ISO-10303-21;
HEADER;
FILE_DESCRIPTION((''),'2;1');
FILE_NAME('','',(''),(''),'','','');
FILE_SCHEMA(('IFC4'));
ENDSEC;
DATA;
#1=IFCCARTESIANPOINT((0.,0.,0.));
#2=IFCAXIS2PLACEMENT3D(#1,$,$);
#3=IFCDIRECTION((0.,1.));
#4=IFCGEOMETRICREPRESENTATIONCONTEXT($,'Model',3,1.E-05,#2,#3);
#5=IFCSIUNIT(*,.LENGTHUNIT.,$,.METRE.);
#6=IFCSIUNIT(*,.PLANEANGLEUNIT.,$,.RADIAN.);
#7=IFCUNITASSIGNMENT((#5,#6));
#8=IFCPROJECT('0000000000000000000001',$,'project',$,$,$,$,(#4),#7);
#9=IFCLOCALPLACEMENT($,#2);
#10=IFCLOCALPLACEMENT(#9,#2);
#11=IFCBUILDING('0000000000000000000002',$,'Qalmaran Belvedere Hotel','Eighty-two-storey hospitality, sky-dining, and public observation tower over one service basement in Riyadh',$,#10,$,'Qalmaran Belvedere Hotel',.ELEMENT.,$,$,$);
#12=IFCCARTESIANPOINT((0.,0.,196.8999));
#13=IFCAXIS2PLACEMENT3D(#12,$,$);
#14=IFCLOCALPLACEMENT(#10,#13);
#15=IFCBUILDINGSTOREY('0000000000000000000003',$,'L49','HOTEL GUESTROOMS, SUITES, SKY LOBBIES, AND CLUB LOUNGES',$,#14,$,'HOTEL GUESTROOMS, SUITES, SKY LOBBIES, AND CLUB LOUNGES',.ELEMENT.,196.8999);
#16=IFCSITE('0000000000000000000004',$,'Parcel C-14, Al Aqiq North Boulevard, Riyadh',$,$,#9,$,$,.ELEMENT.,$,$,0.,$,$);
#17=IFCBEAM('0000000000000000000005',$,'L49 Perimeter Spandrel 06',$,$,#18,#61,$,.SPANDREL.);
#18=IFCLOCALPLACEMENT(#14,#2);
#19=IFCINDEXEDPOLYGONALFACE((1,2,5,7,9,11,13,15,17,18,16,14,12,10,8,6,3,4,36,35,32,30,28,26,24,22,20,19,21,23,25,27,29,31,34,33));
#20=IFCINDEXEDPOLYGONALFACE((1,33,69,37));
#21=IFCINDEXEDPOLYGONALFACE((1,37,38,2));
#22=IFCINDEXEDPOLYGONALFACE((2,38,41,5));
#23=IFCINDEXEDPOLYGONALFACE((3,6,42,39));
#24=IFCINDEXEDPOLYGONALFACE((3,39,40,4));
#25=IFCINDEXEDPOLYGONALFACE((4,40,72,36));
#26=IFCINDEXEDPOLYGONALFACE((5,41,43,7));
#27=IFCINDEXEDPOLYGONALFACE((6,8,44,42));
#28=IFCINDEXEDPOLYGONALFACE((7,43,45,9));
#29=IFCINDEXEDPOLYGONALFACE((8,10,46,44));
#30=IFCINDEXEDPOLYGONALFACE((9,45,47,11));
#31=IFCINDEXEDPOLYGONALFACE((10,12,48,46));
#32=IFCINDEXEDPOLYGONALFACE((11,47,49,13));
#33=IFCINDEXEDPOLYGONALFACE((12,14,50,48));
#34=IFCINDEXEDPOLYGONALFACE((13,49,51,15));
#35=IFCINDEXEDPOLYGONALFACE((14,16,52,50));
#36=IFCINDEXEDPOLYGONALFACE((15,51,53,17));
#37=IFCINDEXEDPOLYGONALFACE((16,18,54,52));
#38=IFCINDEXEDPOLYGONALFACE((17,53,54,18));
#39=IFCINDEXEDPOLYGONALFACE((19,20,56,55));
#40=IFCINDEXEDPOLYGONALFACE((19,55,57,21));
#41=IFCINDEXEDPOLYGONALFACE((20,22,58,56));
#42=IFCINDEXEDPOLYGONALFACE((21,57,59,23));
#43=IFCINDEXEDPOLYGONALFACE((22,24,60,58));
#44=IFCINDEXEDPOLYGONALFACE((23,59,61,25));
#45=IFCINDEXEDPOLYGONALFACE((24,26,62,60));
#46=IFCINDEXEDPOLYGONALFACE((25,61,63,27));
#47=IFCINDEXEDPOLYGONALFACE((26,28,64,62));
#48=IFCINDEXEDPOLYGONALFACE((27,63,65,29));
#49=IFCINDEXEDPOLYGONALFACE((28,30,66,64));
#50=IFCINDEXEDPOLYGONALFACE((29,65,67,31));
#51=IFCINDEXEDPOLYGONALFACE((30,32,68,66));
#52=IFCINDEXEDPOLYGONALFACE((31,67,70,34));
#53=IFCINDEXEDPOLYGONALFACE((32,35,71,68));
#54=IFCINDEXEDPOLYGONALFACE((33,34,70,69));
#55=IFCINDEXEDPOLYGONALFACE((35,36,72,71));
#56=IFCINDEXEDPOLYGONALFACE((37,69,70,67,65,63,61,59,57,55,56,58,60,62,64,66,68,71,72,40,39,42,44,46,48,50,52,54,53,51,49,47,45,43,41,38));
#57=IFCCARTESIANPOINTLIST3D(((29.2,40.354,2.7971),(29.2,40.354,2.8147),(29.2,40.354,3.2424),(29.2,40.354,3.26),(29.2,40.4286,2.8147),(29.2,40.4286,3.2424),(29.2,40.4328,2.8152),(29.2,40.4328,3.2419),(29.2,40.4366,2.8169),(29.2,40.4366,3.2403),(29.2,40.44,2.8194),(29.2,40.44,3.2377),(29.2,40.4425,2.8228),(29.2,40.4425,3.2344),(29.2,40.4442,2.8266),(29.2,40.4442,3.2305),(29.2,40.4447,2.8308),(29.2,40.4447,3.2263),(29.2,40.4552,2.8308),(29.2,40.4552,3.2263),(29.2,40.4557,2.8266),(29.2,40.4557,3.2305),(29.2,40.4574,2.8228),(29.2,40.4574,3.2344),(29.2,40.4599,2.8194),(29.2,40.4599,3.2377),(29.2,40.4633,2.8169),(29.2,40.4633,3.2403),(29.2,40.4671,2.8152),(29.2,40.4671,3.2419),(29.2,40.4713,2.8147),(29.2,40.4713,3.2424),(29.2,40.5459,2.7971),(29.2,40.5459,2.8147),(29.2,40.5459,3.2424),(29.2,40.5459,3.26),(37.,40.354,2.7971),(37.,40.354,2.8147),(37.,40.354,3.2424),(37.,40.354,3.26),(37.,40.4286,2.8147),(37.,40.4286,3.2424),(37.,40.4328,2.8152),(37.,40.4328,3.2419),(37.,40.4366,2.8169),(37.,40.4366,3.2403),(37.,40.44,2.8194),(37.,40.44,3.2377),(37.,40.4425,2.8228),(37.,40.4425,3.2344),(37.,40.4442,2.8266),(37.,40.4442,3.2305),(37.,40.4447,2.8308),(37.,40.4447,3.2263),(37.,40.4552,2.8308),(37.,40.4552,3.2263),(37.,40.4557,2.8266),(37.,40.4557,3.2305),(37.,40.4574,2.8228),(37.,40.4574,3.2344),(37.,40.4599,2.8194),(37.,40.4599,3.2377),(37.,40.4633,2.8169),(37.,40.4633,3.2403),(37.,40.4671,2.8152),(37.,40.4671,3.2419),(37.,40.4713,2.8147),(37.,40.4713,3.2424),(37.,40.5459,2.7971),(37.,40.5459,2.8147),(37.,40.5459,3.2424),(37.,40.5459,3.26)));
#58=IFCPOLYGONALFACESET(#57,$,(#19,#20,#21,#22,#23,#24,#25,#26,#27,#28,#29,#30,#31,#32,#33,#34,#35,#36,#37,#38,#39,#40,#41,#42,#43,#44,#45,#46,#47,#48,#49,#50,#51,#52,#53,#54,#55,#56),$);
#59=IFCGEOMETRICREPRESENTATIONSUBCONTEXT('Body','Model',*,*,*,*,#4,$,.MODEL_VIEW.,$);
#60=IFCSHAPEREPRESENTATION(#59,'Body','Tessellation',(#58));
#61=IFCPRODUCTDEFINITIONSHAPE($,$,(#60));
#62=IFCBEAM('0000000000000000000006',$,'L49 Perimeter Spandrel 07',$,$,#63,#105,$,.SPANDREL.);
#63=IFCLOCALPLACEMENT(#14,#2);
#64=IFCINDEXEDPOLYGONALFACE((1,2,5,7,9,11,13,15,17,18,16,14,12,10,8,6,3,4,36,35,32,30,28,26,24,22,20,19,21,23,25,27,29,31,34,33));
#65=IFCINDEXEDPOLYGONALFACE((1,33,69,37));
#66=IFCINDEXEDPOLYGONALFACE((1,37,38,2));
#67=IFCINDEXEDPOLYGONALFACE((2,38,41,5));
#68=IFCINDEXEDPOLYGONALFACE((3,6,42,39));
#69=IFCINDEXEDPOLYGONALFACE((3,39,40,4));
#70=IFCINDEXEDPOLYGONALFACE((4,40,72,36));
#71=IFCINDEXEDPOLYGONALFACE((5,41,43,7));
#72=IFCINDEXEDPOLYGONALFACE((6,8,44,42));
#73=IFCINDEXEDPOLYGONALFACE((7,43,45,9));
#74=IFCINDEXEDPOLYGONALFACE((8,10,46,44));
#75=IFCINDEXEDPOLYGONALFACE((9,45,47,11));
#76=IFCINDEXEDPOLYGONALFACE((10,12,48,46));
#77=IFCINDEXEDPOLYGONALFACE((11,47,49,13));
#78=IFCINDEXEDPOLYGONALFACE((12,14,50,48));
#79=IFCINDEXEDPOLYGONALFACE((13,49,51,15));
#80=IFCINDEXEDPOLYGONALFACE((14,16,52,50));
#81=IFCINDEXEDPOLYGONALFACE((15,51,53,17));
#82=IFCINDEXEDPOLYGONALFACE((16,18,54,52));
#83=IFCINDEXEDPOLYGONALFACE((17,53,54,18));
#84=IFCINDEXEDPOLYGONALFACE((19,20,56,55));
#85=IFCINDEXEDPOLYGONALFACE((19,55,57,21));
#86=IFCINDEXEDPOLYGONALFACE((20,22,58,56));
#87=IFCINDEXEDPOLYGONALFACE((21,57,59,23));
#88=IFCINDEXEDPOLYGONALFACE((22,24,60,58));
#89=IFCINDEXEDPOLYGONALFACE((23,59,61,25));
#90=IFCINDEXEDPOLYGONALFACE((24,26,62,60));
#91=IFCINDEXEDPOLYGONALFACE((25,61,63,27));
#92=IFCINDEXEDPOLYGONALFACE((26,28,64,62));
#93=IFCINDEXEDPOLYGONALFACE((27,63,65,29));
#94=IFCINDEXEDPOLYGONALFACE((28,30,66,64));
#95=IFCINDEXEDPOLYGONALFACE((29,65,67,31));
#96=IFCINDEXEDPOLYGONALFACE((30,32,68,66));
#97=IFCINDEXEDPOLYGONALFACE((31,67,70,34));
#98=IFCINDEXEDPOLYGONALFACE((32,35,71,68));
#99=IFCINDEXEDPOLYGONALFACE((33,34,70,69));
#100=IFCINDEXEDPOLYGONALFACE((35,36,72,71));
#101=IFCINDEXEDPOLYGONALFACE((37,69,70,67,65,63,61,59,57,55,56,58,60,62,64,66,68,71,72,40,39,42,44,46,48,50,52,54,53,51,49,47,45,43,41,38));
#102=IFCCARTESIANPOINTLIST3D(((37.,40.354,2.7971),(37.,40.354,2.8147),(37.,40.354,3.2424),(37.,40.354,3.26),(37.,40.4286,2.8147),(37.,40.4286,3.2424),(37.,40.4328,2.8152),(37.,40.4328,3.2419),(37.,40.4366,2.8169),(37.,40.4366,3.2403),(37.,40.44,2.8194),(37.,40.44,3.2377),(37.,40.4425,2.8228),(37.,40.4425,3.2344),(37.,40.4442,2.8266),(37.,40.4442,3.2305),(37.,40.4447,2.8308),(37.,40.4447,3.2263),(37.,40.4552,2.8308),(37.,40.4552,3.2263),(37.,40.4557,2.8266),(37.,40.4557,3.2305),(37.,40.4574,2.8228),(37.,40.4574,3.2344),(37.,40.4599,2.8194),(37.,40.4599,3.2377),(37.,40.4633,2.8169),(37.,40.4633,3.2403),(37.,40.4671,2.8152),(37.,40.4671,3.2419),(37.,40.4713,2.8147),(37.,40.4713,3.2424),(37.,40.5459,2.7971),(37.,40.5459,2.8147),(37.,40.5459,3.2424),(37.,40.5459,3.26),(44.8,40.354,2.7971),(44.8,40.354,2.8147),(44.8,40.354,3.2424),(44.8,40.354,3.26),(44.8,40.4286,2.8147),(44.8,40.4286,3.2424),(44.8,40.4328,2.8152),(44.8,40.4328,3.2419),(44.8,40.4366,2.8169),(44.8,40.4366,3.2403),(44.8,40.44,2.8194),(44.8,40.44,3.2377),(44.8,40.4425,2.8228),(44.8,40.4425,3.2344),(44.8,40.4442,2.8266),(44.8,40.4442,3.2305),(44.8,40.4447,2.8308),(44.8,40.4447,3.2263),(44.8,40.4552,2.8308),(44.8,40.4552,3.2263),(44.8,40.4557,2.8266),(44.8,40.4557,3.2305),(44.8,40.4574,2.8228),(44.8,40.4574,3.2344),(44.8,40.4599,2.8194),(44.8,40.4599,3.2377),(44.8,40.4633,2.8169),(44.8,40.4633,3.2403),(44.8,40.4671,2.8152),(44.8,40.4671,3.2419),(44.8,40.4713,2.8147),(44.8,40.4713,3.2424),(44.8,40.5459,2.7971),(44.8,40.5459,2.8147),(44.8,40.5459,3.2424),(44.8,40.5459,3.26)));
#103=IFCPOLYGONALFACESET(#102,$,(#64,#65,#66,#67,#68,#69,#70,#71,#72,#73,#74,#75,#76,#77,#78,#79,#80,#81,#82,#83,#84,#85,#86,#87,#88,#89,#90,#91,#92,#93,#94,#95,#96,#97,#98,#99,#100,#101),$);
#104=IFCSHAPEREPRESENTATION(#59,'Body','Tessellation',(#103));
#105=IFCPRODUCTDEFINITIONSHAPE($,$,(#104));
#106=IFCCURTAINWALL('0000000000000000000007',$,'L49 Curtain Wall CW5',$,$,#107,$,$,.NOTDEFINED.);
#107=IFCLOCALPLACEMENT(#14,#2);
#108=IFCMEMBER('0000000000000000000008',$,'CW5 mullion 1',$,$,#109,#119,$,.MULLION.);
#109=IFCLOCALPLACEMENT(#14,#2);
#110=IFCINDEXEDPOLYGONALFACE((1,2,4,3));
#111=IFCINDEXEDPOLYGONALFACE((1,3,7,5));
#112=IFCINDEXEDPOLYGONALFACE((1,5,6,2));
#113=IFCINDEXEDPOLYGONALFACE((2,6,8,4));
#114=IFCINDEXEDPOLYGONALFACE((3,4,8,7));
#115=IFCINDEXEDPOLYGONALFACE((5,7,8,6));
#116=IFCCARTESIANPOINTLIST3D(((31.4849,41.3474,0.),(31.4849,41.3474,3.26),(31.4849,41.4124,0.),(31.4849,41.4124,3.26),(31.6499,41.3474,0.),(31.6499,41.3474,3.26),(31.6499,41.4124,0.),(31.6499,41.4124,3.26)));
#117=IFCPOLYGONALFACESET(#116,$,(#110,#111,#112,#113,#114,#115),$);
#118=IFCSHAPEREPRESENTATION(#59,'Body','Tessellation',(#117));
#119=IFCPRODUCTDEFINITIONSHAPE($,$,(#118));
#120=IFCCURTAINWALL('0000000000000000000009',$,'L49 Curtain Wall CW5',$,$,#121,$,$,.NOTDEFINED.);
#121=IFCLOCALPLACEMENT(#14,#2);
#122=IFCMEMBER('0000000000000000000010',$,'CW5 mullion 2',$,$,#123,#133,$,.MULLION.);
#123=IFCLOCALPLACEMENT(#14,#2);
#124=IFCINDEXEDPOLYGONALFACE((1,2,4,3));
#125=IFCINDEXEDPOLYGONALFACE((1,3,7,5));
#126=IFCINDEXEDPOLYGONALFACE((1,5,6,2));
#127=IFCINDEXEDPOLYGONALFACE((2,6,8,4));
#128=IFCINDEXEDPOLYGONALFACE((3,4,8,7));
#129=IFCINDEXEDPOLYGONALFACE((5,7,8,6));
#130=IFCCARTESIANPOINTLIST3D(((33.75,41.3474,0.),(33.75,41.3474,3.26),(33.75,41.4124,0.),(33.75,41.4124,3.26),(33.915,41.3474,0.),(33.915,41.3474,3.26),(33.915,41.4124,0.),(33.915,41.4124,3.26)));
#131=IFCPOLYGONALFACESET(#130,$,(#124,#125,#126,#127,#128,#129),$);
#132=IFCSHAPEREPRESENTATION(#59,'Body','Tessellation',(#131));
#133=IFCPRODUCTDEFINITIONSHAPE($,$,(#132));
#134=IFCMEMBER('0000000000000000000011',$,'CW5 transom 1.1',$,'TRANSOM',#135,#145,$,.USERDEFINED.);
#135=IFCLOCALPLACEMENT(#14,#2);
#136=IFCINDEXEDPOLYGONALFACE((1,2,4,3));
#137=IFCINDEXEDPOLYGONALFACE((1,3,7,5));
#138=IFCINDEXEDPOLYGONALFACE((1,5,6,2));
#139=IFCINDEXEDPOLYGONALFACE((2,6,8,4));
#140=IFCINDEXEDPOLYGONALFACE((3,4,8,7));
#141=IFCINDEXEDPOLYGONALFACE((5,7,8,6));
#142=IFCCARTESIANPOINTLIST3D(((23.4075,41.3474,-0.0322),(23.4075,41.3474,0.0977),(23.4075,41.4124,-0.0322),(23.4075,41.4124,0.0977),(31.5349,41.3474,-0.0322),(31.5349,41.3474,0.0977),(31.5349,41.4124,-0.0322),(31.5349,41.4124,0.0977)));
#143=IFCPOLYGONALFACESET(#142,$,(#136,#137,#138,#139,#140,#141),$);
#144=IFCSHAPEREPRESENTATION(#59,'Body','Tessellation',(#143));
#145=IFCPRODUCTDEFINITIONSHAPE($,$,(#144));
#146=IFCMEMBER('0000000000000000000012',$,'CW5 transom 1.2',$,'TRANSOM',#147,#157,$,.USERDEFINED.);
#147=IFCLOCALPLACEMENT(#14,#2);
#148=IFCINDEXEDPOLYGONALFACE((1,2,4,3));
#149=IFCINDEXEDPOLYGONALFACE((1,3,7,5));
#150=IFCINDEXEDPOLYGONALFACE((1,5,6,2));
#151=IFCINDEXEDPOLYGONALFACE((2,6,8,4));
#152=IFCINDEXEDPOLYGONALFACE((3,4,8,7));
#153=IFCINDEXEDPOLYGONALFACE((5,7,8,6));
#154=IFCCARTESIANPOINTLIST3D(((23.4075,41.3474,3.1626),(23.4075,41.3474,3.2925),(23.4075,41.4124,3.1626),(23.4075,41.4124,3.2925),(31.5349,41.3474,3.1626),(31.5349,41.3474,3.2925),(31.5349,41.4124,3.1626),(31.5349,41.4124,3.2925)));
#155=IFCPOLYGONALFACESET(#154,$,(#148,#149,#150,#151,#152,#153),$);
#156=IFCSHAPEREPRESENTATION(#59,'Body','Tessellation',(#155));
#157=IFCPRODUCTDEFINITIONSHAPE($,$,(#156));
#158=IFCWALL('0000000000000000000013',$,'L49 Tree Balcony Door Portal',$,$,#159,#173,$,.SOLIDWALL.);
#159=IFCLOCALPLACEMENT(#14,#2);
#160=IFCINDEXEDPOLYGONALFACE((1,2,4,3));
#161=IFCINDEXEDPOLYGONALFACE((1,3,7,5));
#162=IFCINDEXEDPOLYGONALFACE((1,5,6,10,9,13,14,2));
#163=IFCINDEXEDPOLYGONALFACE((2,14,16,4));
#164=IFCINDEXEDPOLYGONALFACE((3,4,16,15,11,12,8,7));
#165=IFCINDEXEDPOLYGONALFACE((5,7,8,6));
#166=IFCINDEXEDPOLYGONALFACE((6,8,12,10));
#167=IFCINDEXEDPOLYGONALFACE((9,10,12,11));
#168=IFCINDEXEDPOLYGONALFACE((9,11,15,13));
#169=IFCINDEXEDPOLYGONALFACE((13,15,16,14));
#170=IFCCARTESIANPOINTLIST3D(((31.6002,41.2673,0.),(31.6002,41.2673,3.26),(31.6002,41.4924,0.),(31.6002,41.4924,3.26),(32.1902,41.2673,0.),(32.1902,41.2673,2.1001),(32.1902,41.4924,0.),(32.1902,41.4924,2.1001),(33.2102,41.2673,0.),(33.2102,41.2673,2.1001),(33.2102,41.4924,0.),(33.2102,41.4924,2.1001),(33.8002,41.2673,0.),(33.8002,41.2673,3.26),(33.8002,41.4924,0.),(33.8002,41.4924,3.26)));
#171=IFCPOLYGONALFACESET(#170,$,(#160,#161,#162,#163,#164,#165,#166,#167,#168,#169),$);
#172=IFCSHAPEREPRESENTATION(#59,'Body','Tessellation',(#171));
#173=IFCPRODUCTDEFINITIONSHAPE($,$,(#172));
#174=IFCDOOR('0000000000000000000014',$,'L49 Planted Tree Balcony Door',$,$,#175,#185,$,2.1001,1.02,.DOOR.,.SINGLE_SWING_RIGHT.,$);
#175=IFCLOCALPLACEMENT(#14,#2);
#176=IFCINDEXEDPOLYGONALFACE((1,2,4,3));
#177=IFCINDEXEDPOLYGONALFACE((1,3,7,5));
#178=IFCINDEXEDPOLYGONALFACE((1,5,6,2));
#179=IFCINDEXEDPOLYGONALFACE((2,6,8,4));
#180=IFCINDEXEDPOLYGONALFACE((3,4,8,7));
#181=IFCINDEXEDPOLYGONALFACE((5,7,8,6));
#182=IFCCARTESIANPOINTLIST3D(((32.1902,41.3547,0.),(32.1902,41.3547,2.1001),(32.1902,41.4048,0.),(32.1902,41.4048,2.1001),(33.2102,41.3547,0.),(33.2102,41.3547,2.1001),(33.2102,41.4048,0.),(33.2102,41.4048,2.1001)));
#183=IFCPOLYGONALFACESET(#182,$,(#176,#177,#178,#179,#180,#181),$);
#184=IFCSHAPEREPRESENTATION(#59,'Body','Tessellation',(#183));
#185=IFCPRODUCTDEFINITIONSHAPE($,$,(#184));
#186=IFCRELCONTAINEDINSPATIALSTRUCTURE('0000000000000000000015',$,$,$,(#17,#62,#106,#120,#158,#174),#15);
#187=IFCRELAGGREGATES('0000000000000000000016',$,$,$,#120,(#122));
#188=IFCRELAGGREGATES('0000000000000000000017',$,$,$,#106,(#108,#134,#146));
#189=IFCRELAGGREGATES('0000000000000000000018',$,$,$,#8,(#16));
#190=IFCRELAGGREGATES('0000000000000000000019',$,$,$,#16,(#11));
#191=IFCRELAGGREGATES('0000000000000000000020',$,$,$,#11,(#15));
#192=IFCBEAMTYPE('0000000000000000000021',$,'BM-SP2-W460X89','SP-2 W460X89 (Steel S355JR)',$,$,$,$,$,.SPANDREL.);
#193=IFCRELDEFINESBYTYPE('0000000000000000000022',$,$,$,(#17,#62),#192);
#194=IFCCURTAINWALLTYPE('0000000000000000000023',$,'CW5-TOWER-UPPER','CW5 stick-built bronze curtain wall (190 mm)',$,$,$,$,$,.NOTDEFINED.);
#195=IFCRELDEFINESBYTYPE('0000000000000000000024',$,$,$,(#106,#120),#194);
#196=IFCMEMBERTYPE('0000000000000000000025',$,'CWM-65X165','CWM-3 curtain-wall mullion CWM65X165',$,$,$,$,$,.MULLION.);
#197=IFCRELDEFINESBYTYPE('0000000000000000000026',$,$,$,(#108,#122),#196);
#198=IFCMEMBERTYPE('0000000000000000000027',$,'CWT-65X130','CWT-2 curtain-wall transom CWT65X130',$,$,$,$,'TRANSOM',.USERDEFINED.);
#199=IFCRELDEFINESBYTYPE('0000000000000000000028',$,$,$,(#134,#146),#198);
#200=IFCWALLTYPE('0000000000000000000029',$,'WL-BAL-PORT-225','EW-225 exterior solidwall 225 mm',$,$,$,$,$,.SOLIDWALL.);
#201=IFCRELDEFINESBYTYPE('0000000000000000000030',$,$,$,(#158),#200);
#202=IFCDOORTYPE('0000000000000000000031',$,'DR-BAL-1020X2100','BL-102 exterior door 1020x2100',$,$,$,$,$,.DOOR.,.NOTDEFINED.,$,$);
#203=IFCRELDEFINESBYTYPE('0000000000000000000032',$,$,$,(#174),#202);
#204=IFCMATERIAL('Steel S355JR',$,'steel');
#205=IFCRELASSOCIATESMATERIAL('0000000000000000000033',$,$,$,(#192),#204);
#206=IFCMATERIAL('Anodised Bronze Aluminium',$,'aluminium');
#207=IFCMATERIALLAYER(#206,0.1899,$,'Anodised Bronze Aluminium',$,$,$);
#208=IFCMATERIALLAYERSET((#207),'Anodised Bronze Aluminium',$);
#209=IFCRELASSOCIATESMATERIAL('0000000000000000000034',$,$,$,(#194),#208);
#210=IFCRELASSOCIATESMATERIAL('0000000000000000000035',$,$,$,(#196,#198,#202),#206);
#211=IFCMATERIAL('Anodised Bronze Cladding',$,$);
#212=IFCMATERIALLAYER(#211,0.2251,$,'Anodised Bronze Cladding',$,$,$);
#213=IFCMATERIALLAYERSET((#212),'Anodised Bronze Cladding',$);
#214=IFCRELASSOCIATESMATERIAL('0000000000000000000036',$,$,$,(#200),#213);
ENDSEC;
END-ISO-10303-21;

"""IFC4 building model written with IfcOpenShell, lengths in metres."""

from ifc_helpers import new_model, si_unit, direction, frame, frame_2d, origin, origin_2d, place, context, subcontext, project, spatial, rectangle, i_section, extrude, material, layer, layer_set, material_profile, profile_set, type_object, element, fill, aggregate, save


model = new_model("IFC4")

# Units and contexts
model_context = context("Model", 3, precision=1e-05, world=origin(), true_north=direction((0.0, 1.0)))
body_context = subcontext(model_context, "Body", "Model", "MODEL_VIEW")
ifc_project = project(units=[si_unit("LENGTHUNIT", "METRE"), si_unit("PLANEANGLEUNIT", "RADIAN")], contexts=[model_context])

# Site, building, storey
site_placement = place(None, origin())
site = spatial("IfcSite", under=ifc_project, at=site_placement, Name="Parcel C-14, Al Aqiq North Boulevard, Riyadh", CompositionType="ELEMENT", RefElevation=0.0)
building_placement = place(site_placement, origin())
building = spatial("IfcBuilding", under=site, at=building_placement, Name="Qalmaran Belvedere Hotel", Description="Eighty-two-storey hospitality, sky-dining, and public observation tower over one service basement in Riyadh", LongName="Qalmaran Belvedere Hotel", CompositionType="ELEMENT")
storey_placement = place(building_placement, frame((0.0, 0.0, 196.8999)))
storey = spatial("IfcBuildingStorey", under=building, at=storey_placement, Name="L49", Description="HOTEL GUESTROOMS, SUITES, SKY LOBBIES, AND CLUB LOUNGES", LongName="HOTEL GUESTROOMS, SUITES, SKY LOBBIES, AND CLUB LOUNGES", CompositionType="ELEMENT", Elevation=196.8999)

# Beams
ifc_material_1 = material(Name="Steel S355JR", Category="steel")
ifc_material_profile_1 = material_profile(ifc_material_1, i_section(OverallWidth=0.1919, OverallDepth=0.4629, WebThickness=0.0105, FlangeThickness=0.0176, FilletRadius=0.0161, at=origin_2d()), Name="W460X89")
ifc_profile_set_1 = profile_set([ifc_material_profile_1], Name="Steel S355JR")
beam_type_1 = type_object("IfcBeamType", Name="BM-SP2-W460X89", Description="SP-2 W460X89 (Steel S355JR)", PredefinedType="SPANDREL", material=ifc_profile_set_1)
for number, where, z_axis, x_axis, name in (
    (1, (29.2, 40.45, 3.0286), (1.0, 0.0, 0.0), (0.0, 1.0, 0.0), "L49 Perimeter Spandrel 06"),
    (2, (37.0, 40.45, 3.0286), (1.0, 0.0, 0.0), (0.0, 1.0, 0.0), "L49 Perimeter Spandrel 07"),
):
    element("IfcBeam", number, at=place(storey_placement, frame(where, z_axis=z_axis, x_axis=x_axis)), inside=storey, type_object=beam_type_1, Name=name, PredefinedType="SPANDREL", context=body_context, shape_type="SweptSolid", body=[
        extrude(i_section(OverallWidth=0.1919, OverallDepth=0.4629, WebThickness=0.0105, FlangeThickness=0.0176, FilletRadius=0.0161, at=origin_2d()), origin(), (0.0, 0.0, 1.0), 7.8),
    ])

# Curtain walls, members
ifc_material_2 = material(Name="Anodised Bronze Aluminium", Category="aluminium")
ifc_layer_1 = layer(ifc_material_2, 0.1899, Name="Anodised Bronze Aluminium")
ifc_layer_set_1 = layer_set([ifc_layer_1], Name="Anodised Bronze Aluminium")
curtain_wall_type = type_object("IfcCurtainWallType", Name="CW5-TOWER-UPPER", Description="CW5 stick-built bronze curtain wall (190 mm)", PredefinedType="NOTDEFINED", material=ifc_layer_set_1)
curtain_wall_1_placement = place(storey_placement, origin())
curtain_wall_1 = element("IfcCurtainWall", 3, at=curtain_wall_1_placement, inside=storey, type_object=curtain_wall_type, Name="L49 Curtain Wall CW5", PredefinedType="NOTDEFINED")
ifc_material_profile_2 = material_profile(ifc_material_2, rectangle(XDim=0.0649, YDim=0.165, at=origin_2d()), Name="CWM65X165")
ifc_profile_set_2 = profile_set([ifc_material_profile_2], Name="Anodised Bronze Aluminium")
member_type_1 = type_object("IfcMemberType", Name="CWM-65X165", Description="CWM-3 curtain-wall mullion CWM65X165", PredefinedType="MULLION", material=ifc_profile_set_2)
member_1_placement = place(storey_placement, frame((31.5674, 41.3799, 0.0), z_axis=(0.0, 0.0, 1.0), x_axis=(0.0, -1.0, 0.0)))
member_1 = element("IfcMember", 4, at=member_1_placement, type_object=member_type_1, Name="CW5 mullion 1", PredefinedType="MULLION", context=body_context, shape_type="SweptSolid", body=[
    extrude(rectangle(XDim=0.0649, YDim=0.165, at=origin_2d()), origin(), (0.0, 0.0, 1.0), 3.26),
])
curtain_wall_2_placement = place(storey_placement, origin())
curtain_wall_2 = element("IfcCurtainWall", 5, at=curtain_wall_2_placement, inside=storey, type_object=curtain_wall_type, Name="L49 Curtain Wall CW5", PredefinedType="NOTDEFINED")
member_2_placement = place(storey_placement, frame((33.8325, 41.3799, 0.0), z_axis=(0.0, 0.0, 1.0), x_axis=(0.0, -1.0, 0.0)))
member_2 = element("IfcMember", 6, at=member_2_placement, type_object=member_type_1, Name="CW5 mullion 2", PredefinedType="MULLION", context=body_context, shape_type="SweptSolid", body=[
    extrude(rectangle(XDim=0.0649, YDim=0.165, at=origin_2d()), origin(), (0.0, 0.0, 1.0), 3.26),
])
aggregate(curtain_wall_2, [member_2])

# Members
ifc_material_profile_3 = material_profile(ifc_material_2, rectangle(XDim=0.0649, YDim=0.1299, at=origin_2d()), Name="CWT65X130")
ifc_profile_set_3 = profile_set([ifc_material_profile_3], Name="Anodised Bronze Aluminium")
member_type_2 = type_object("IfcMemberType", Name="CWT-65X130", Description="CWT-2 curtain-wall transom CWT65X130", ElementType="TRANSOM", PredefinedType="USERDEFINED", material=ifc_profile_set_3)
member_3_placement = place(storey_placement, frame((31.5349, 41.3799, 0.0327), z_axis=(-1.0, 0.0, 0.0), x_axis=(0.0, -1.0, 0.0)))
member_3 = element("IfcMember", 7, at=member_3_placement, type_object=member_type_2, Name="CW5 transom 1.1", ObjectType="TRANSOM", PredefinedType="USERDEFINED", context=body_context, shape_type="SweptSolid", body=[
    extrude(rectangle(XDim=0.0649, YDim=0.1299, at=origin_2d()), origin(), (0.0, 0.0, 1.0), 8.1274),
])
member_4_placement = place(storey_placement, frame((31.5349, 41.3799, 3.2275), z_axis=(-1.0, 0.0, 0.0), x_axis=(0.0, -1.0, 0.0)))
member_4 = element("IfcMember", 8, at=member_4_placement, type_object=member_type_2, Name="CW5 transom 1.2", ObjectType="TRANSOM", PredefinedType="USERDEFINED", context=body_context, shape_type="SweptSolid", body=[
    extrude(rectangle(XDim=0.0649, YDim=0.1299, at=origin_2d()), origin(), (0.0, 0.0, 1.0), 8.1274),
])
aggregate(curtain_wall_1, [member_1, member_3, member_4])

# Wall, opening, door
ifc_material_3 = material(Name="Anodised Bronze Cladding")
ifc_layer_2 = layer(ifc_material_3, 0.2251, Name="Anodised Bronze Cladding")
ifc_layer_set_2 = layer_set([ifc_layer_2], Name="Anodised Bronze Cladding")
wall_type_1 = type_object("IfcWallType", Name="WL-BAL-PORT-225", Description="EW-225 exterior solidwall 225 mm", PredefinedType="SOLIDWALL", material=ifc_layer_set_2)
wall_1_placement = place(storey_placement, frame((31.6001, 41.3799, 0.0), z_axis=(0.0, 0.0, 1.0), x_axis=(1.0, 0.0, 0.0)))
wall_1 = element("IfcWall", 9, at=wall_1_placement, inside=storey, type_object=wall_type_1, Name="L49 Tree Balcony Door Portal", PredefinedType="SOLIDWALL", context=body_context, shape_type="SweptSolid", body=[
    extrude(rectangle(XDim=2.2, YDim=0.2251, at=frame_2d((1.1001, 0.0))), origin(), (0.0, 0.0, 1.0), 3.26),
])
opening_1_placement = place(wall_1_placement, frame((0.5901, 0.0, 0.0)))
opening_1 = element("IfcOpeningElement", 10, at=opening_1_placement, cuts=wall_1, PredefinedType="OPENING", context=body_context, shape_type="SweptSolid", body=[
    extrude(rectangle(XDim=1.02, YDim=2.1001, at=frame_2d((0.51, 1.05))), frame((0.0, 0.1226, 0.0), z_axis=(0.0, -1.0, 0.0), x_axis=(1.0, 0.0, 0.0)), (0.0, 0.0, 1.0), 0.2451),
])
door_type_1 = type_object("IfcDoorType", Name="DR-BAL-1020X2100", Description="BL-102 exterior door 1020x2100", OperationType="NOTDEFINED", PredefinedType="DOOR", material=ifc_material_2)
door_1_placement = place(opening_1_placement, origin())
door_1 = element("IfcDoor", 11, at=door_1_placement, inside=storey, type_object=door_type_1, Name="L49 Planted Tree Balcony Door", OperationType="SINGLE_SWING_RIGHT", OverallHeight=2.1001, OverallWidth=1.02, PredefinedType="DOOR", context=body_context, shape_type="SweptSolid", body=[
    extrude(rectangle(XDim=1.02, YDim=2.1001, at=frame_2d((0.51, 1.05))), frame((0.0, 0.0249, 0.0), z_axis=(0.0, -1.0, 0.0), x_axis=(1.0, 0.0, 0.0)), (0.0, 0.0, 1.0), 0.05),
])
fill(opening_1, door_1)

save(model, "model.ifc")
